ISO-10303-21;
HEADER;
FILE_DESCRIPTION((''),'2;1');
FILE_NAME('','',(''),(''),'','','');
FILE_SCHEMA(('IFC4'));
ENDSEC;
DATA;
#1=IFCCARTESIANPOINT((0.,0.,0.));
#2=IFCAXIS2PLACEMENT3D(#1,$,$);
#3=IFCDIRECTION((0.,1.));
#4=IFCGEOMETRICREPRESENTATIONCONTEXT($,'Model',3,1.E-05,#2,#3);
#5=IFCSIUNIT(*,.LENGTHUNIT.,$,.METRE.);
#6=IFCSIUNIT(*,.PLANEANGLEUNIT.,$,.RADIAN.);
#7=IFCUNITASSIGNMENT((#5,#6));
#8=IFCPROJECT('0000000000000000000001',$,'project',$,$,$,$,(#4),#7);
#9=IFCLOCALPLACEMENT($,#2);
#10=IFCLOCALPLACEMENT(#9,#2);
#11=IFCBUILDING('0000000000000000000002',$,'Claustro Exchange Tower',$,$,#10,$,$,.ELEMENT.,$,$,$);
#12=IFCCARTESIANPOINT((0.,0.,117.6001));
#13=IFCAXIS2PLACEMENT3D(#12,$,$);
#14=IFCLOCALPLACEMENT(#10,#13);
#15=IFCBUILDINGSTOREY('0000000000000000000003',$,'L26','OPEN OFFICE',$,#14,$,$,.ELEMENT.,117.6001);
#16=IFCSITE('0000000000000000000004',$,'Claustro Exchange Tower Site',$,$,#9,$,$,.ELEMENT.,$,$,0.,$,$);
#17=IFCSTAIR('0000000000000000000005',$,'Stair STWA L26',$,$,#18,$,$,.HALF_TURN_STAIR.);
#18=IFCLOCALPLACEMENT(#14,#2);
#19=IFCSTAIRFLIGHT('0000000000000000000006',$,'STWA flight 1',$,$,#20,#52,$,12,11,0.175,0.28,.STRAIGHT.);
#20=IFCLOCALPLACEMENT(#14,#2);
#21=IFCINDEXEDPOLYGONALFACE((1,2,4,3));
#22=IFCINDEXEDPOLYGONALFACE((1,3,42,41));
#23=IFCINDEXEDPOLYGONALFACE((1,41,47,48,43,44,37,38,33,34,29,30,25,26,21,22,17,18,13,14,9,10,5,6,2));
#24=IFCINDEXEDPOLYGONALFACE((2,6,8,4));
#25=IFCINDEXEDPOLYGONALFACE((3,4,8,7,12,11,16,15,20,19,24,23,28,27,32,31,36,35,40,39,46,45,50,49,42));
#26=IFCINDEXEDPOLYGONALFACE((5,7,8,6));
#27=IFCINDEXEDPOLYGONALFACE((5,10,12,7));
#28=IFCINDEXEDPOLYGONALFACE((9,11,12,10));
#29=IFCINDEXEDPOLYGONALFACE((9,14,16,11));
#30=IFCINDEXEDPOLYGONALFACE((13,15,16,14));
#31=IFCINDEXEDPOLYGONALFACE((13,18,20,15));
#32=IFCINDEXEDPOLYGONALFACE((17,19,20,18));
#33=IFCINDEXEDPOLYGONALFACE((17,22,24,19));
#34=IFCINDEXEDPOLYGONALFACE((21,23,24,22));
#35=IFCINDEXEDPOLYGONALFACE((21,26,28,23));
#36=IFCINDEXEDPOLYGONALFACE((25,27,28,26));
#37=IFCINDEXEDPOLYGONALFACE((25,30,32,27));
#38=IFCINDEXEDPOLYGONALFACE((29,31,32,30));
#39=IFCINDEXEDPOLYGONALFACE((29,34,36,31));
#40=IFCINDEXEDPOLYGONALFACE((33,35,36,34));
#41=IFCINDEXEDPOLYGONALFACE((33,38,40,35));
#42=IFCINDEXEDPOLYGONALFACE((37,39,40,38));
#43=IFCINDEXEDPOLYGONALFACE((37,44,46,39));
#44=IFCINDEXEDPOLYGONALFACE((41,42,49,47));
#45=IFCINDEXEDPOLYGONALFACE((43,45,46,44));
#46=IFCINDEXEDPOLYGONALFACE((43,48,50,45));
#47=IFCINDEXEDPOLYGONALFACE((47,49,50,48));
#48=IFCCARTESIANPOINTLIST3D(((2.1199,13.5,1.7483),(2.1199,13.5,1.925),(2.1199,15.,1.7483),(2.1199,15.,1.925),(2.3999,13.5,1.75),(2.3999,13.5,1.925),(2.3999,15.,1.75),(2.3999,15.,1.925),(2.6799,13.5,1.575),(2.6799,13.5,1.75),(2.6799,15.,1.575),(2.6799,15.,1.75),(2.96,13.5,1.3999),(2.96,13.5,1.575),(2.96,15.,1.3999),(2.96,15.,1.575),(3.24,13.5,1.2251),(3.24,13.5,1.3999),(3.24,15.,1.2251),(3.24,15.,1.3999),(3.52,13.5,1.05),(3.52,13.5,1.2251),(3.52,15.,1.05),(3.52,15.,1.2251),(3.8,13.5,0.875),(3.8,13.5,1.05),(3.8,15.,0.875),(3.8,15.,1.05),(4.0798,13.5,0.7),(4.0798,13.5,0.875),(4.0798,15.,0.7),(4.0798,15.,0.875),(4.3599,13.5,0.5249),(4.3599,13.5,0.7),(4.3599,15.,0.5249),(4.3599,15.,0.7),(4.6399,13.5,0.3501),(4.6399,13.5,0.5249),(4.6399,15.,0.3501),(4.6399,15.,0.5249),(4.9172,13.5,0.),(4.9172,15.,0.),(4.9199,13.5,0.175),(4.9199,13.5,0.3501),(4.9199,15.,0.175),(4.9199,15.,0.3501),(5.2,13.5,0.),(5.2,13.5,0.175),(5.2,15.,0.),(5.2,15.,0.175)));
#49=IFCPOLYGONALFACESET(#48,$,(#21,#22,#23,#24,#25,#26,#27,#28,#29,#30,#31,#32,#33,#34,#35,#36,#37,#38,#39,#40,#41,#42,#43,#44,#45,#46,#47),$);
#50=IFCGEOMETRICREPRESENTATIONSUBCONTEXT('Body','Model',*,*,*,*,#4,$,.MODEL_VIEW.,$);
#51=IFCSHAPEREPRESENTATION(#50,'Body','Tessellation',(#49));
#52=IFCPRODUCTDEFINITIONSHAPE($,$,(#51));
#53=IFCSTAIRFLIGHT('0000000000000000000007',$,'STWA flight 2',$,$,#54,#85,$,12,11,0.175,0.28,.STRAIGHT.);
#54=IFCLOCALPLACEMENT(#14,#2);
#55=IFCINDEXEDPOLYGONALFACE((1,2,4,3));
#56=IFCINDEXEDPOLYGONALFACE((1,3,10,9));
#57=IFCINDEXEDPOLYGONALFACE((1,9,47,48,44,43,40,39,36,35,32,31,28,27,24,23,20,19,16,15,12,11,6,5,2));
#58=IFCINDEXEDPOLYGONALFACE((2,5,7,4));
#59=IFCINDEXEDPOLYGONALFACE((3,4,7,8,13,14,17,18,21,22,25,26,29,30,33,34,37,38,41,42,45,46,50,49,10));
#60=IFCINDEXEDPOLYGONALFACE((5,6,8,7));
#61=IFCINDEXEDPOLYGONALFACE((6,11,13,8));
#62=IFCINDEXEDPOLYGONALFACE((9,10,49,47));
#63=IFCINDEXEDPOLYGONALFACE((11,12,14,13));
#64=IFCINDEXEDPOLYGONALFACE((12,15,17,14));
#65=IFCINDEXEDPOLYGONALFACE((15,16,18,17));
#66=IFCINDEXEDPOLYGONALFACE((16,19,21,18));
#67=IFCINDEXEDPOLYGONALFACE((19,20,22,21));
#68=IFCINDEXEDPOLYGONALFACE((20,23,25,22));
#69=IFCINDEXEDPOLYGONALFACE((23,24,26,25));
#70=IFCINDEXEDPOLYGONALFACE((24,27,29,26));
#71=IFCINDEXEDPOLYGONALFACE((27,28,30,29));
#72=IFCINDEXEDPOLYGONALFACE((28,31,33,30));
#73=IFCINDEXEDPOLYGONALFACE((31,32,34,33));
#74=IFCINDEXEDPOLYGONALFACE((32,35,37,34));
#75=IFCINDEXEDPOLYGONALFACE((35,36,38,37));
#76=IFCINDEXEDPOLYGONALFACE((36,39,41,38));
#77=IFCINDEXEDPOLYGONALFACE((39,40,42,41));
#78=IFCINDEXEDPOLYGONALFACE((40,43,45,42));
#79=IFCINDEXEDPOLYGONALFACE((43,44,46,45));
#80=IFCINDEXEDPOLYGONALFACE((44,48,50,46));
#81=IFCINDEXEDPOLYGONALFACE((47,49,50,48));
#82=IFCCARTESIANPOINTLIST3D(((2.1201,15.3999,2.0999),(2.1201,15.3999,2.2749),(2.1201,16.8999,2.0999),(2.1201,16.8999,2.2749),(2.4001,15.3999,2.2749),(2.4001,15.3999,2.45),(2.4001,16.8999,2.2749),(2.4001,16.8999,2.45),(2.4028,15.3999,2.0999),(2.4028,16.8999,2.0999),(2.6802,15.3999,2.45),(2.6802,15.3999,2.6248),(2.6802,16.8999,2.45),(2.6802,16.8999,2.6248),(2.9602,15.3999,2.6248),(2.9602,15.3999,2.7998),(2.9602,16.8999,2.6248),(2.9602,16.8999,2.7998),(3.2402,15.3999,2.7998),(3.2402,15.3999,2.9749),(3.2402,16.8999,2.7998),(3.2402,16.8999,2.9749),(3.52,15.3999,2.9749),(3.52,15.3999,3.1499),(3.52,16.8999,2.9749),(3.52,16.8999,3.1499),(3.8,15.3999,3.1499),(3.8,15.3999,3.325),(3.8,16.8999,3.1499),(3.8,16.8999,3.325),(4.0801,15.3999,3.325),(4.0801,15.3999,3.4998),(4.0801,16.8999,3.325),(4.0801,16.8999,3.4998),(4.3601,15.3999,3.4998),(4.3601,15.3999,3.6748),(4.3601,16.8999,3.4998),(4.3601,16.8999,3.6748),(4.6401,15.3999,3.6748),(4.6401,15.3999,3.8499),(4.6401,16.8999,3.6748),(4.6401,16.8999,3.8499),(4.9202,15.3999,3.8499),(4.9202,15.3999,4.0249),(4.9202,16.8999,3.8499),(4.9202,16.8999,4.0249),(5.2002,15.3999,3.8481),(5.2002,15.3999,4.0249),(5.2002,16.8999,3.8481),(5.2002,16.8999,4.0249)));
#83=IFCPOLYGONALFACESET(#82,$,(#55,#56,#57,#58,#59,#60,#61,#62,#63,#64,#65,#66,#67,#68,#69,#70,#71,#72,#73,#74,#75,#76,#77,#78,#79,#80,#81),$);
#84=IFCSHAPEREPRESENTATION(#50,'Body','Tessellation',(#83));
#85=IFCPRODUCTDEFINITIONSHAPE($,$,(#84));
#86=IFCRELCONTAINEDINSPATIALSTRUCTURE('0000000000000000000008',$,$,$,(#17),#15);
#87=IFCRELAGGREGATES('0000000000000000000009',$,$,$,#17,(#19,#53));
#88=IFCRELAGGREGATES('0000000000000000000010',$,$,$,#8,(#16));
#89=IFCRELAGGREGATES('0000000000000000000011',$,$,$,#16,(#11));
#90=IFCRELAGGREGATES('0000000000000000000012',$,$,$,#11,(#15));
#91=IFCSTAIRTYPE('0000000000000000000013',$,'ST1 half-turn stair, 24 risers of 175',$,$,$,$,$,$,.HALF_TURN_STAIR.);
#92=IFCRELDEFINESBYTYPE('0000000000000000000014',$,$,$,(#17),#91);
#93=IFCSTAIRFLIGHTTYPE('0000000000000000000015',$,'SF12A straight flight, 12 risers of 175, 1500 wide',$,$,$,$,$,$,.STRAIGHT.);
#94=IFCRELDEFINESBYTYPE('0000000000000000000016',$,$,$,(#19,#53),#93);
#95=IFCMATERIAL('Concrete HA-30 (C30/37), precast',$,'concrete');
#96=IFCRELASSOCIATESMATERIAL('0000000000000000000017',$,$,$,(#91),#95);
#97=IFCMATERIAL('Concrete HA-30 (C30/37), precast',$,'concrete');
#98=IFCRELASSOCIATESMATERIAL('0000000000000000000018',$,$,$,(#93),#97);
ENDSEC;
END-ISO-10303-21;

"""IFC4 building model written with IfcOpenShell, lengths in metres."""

from ifc_helpers import new_model, si_unit, direction, frame, origin, place, context, subcontext, project, spatial, polyline, outline, extrude, material, type_object, element, aggregate, save


model = new_model("IFC4")

# Units and contexts
model_context = context("Model", 3, precision=1e-05, world=origin(), true_north=direction((0.0, 1.0)))
body_context = subcontext(model_context, "Body", "Model", "MODEL_VIEW")
ifc_project = project(units=[si_unit("LENGTHUNIT", "METRE"), si_unit("PLANEANGLEUNIT", "RADIAN")], contexts=[model_context])

# Site, building, storey
site_placement = place(None, origin())
site = spatial("IfcSite", under=ifc_project, at=site_placement, Name="Claustro Exchange Tower Site", CompositionType="ELEMENT", RefElevation=0.0)
building_placement = place(site_placement, origin())
building = spatial("IfcBuilding", under=site, at=building_placement, Name="Claustro Exchange Tower", CompositionType="ELEMENT")
storey_placement = place(building_placement, frame((0.0, 0.0, 117.6001)))
storey = spatial("IfcBuildingStorey", under=building, at=storey_placement, Name="L26", Description="OPEN OFFICE", CompositionType="ELEMENT", Elevation=117.6001)

# Stair, stair flights
ifc_material_1 = material(Name="Concrete HA-30 (C30/37), precast", Category="concrete")
stair_type = type_object("IfcStairType", Name="ST1 half-turn stair, 24 risers of 175", PredefinedType="HALF_TURN_STAIR", material=ifc_material_1)
stair_placement = place(storey_placement, origin())
stair = element("IfcStair", 1, at=stair_placement, inside=storey, type_object=stair_type, Name="Stair STWA L26", PredefinedType="HALF_TURN_STAIR")
ifc_material_2 = material(Name="Concrete HA-30 (C30/37), precast", Category="concrete")
stair_flight_type = type_object("IfcStairFlightType", Name="SF12A straight flight, 12 risers of 175, 1500 wide", PredefinedType="STRAIGHT", material=ifc_material_2)
stair_flight_1_placement = place(storey_placement, frame((5.2, 14.25, 0.0), z_axis=(0.0, 0.0, 1.0), x_axis=(-1.0, 0.0, 0.0)))
stair_flight_1 = element("IfcStairFlight", 2, at=stair_flight_1_placement, type_object=stair_flight_type, Name="STWA flight 1", NumberOfRisers=12, NumberOfTreads=11, PredefinedType="STRAIGHT", RiserHeight=0.175, TreadLength=0.28, context=body_context, shape_type="SweptSolid", body=[
    extrude(outline(polyline([(0.0, 0.0), (0.0, 0.175), (0.28, 0.175), (0.28, 0.3501), (0.5601, 0.3501), (0.5601, 0.5249), (0.8401, 0.5249), (0.8401, 0.7), (1.1201, 0.7), (1.1201, 0.875), (1.3999, 0.875), (1.3999, 1.05), (1.6799, 1.05), (1.6799, 1.2251), (1.96, 1.2251), (1.96, 1.3999), (2.24, 1.3999), (2.24, 1.575), (2.52, 1.575), (2.52, 1.75), (2.8, 1.75), (2.8, 1.925), (3.0801, 1.925), (3.0801, 2.1001), (3.0801, 1.7483), (0.2827, 0.0), (0.0, 0.0)])), frame((0.0, 0.75, 0.0), z_axis=(0.0, -1.0, 0.0), x_axis=(1.0, 0.0, 0.0)), (0.0, 0.0, 1.0), 1.5),
])
stair_flight_2_placement = place(storey_placement, frame((2.1201, 16.1499, 2.0999), z_axis=(0.0, 0.0, 1.0), x_axis=(1.0, 0.0, 0.0)))
stair_flight_2 = element("IfcStairFlight", 3, at=stair_flight_2_placement, type_object=stair_flight_type, Name="STWA flight 2", NumberOfRisers=12, NumberOfTreads=11, PredefinedType="STRAIGHT", RiserHeight=0.175, TreadLength=0.28, context=body_context, shape_type="SweptSolid", body=[
    extrude(outline(polyline([(0.0, 0.0), (0.0, 0.175), (0.28, 0.175), (0.28, 0.3501), (0.5601, 0.3501), (0.5601, 0.5249), (0.8401, 0.5249), (0.8401, 0.7), (1.1201, 0.7), (1.1201, 0.875), (1.3999, 0.875), (1.3999, 1.05), (1.6799, 1.05), (1.6799, 1.2251), (1.96, 1.2251), (1.96, 1.3999), (2.24, 1.3999), (2.24, 1.575), (2.52, 1.575), (2.52, 1.75), (2.8, 1.75), (2.8, 1.925), (3.0801, 1.925), (3.0801, 2.1001), (3.0801, 1.7483), (0.2827, 0.0), (0.0, 0.0)])), frame((0.0, 0.75, 0.0), z_axis=(0.0, -1.0, 0.0), x_axis=(1.0, 0.0, 0.0)), (0.0, 0.0, 1.0), 1.5),
])
aggregate(stair, [stair_flight_1, stair_flight_2])

save(model, "model.ifc")
